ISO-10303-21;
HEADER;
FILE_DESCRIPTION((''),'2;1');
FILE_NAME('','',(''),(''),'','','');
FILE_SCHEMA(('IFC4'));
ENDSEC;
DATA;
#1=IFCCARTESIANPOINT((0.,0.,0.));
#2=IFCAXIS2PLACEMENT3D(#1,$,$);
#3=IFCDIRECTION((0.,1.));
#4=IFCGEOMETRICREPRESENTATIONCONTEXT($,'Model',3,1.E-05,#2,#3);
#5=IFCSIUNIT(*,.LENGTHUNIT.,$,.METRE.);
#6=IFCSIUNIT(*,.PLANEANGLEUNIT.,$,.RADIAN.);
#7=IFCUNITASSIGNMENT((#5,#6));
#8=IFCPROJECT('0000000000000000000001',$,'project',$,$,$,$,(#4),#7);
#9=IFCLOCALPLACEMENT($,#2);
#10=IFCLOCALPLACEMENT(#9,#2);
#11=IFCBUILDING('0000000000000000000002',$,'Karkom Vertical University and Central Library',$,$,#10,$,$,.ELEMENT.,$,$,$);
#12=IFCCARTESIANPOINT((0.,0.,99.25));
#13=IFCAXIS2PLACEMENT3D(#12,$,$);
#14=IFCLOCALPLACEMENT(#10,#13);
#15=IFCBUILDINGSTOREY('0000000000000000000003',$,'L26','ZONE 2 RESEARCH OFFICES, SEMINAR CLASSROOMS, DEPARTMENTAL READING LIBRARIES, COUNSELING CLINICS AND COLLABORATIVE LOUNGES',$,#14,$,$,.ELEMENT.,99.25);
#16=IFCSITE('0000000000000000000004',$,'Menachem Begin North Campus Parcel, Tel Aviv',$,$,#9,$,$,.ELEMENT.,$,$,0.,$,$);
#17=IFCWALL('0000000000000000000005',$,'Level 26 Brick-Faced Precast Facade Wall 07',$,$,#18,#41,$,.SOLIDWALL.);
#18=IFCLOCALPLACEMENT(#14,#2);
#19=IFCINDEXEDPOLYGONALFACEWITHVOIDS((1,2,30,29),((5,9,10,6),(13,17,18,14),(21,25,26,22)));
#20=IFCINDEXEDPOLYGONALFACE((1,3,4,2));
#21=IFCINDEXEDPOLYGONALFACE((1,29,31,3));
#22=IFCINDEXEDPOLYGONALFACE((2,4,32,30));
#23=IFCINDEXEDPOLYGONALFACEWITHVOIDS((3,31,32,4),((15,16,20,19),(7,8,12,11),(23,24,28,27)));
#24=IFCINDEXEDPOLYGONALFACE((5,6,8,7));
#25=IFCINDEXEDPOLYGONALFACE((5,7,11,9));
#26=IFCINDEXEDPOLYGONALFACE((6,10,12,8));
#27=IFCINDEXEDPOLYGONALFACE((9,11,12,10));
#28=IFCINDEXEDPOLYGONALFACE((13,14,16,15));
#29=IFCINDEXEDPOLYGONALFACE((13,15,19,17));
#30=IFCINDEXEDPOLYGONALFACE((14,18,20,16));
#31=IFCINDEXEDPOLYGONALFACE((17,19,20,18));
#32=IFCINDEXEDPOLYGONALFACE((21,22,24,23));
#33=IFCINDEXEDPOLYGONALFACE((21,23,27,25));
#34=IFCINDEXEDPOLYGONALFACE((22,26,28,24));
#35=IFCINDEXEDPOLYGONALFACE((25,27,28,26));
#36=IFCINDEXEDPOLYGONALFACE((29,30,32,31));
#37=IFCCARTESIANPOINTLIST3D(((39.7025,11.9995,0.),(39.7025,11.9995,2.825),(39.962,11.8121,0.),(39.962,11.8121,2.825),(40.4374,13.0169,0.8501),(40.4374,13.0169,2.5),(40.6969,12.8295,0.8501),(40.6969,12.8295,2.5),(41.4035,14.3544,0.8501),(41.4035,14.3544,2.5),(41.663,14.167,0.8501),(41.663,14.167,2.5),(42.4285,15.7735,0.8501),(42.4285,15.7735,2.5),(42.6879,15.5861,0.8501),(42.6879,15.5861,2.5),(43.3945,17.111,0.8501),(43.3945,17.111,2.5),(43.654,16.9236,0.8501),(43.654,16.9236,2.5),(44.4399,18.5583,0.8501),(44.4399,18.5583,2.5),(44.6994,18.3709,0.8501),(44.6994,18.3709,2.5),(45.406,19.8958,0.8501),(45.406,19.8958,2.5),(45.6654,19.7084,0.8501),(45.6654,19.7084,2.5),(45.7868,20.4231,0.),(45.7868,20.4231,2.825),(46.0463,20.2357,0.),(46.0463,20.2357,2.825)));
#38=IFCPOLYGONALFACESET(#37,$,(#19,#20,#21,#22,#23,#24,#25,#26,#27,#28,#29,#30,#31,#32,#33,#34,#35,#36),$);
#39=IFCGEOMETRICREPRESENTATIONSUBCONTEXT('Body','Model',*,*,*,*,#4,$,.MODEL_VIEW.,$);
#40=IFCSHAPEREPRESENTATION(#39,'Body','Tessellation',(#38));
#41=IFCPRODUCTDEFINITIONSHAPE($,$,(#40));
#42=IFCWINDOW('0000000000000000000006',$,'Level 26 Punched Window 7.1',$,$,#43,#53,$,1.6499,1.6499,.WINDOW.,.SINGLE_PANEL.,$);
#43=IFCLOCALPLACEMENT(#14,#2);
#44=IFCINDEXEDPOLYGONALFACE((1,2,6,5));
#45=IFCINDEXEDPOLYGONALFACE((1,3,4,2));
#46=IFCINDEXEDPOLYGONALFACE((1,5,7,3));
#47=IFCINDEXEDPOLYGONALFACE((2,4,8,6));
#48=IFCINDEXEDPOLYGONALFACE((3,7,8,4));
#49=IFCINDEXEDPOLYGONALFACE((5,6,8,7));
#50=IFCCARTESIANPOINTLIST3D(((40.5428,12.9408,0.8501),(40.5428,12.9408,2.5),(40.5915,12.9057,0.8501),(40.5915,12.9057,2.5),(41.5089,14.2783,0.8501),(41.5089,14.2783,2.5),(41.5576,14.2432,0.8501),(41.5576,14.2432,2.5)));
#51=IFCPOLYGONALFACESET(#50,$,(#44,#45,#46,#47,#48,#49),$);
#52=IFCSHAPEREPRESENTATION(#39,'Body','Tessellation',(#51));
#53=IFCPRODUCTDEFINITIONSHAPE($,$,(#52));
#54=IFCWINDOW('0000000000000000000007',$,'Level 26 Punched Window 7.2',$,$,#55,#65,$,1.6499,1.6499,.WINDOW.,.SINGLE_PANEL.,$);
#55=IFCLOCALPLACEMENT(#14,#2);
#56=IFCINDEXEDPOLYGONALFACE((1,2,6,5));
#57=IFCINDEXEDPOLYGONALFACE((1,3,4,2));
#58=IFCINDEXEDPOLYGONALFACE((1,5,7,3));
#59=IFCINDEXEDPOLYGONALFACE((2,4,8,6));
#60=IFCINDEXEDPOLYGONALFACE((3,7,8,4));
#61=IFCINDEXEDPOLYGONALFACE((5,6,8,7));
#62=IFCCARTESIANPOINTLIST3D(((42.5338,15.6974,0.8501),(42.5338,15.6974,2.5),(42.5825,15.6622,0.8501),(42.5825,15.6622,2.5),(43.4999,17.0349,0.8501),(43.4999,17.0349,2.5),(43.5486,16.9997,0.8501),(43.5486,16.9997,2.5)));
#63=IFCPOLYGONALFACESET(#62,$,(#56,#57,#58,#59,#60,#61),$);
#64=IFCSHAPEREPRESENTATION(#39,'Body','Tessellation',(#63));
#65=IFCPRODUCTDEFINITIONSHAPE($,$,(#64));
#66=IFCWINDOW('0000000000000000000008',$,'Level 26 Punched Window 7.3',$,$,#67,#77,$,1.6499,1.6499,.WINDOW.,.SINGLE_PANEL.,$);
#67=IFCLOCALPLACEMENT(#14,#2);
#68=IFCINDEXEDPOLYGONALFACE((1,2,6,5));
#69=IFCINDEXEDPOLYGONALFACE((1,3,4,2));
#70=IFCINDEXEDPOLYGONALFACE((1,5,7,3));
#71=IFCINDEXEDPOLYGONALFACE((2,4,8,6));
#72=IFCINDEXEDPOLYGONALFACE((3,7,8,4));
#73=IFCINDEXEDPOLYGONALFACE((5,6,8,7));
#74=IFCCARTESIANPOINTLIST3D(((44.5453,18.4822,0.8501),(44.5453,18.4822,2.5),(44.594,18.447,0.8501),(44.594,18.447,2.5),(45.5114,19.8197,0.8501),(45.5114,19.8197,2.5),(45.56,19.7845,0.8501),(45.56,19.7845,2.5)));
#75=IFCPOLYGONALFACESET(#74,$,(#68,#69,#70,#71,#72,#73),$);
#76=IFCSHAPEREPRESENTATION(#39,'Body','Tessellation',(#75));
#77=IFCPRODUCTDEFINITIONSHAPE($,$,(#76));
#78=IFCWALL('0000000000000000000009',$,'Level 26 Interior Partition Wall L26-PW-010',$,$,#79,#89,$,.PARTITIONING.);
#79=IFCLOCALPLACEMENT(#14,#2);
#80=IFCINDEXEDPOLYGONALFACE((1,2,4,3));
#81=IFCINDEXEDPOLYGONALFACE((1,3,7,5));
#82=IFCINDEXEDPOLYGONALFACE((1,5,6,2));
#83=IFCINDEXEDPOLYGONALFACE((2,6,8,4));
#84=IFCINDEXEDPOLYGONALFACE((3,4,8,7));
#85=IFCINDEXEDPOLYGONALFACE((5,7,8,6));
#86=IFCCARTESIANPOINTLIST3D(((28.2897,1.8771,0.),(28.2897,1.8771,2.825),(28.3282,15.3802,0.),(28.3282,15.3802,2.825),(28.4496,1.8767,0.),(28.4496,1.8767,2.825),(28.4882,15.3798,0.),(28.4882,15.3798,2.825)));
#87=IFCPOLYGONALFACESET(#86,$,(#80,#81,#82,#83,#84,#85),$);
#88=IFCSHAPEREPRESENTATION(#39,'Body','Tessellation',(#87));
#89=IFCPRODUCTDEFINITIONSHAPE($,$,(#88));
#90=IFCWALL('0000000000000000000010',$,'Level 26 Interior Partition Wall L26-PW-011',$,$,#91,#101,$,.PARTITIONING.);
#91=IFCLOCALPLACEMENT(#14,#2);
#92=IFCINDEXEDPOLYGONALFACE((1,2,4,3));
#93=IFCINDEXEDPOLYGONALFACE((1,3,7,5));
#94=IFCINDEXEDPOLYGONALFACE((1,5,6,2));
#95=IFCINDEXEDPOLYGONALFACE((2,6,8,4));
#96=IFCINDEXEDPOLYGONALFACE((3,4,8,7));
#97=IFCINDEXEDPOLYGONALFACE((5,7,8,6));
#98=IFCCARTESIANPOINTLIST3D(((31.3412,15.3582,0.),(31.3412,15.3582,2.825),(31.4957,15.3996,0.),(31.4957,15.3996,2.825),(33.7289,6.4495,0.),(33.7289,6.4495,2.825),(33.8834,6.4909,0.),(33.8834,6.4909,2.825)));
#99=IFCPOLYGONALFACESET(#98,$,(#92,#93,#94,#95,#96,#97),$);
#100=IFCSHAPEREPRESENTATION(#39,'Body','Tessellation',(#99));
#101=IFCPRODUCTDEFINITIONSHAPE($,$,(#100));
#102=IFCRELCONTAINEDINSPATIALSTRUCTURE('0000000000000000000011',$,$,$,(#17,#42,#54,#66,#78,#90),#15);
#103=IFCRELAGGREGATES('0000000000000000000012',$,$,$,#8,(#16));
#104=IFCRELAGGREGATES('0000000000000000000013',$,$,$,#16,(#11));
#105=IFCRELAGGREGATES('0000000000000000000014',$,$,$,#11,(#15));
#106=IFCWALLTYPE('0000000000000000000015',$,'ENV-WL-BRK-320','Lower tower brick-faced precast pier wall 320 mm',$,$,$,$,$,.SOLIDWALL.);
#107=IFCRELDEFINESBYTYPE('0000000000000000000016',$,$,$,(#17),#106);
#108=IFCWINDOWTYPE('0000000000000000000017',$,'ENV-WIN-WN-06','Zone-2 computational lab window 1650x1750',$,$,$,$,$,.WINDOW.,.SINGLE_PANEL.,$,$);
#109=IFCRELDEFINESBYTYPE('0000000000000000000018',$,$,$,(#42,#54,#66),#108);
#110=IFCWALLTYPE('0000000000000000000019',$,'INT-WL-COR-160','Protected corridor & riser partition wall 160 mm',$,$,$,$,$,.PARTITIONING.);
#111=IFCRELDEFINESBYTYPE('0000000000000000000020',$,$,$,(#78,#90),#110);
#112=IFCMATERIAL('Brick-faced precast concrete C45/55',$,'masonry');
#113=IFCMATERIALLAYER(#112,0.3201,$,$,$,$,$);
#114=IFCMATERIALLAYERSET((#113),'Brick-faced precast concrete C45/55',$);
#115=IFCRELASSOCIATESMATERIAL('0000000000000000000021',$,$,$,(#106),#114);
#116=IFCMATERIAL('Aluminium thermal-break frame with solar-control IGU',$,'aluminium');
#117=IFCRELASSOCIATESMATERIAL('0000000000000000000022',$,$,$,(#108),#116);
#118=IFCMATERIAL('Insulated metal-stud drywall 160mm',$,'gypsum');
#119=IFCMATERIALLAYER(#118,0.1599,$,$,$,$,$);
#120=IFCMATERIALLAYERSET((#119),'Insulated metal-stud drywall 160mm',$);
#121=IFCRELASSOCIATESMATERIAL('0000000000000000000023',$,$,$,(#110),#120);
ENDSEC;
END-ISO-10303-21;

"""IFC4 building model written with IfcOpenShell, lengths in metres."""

from ifc_helpers import new_model, si_unit, direction, frame, frame_2d, origin, origin_with_axes, place, context, subcontext, project, spatial, rectangle, extrude, source, transform, mapped, material, layer, layer_set, type_object, element, fill, save


model = new_model("IFC4")

# Units and contexts
model_context = context("Model", 3, precision=1e-05, world=origin(), true_north=direction((0.0, 1.0)))
body_context = subcontext(model_context, "Body", "Model", "MODEL_VIEW")
ifc_project = project(units=[si_unit("LENGTHUNIT", "METRE"), si_unit("PLANEANGLEUNIT", "RADIAN")], contexts=[model_context])

# Site, building, storey
site_placement = place(None, origin())
site = spatial("IfcSite", under=ifc_project, at=site_placement, Name="Menachem Begin North Campus Parcel, Tel Aviv", CompositionType="ELEMENT", RefElevation=0.0)
building_placement = place(site_placement, origin())
building = spatial("IfcBuilding", under=site, at=building_placement, Name="Karkom Vertical University and Central Library", CompositionType="ELEMENT")
storey_placement = place(building_placement, frame((0.0, 0.0, 99.25)))
storey = spatial("IfcBuildingStorey", under=building, at=storey_placement, Name="L26", Description="ZONE 2 RESEARCH OFFICES, SEMINAR CLASSROOMS, DEPARTMENTAL READING LIBRARIES, COUNSELING CLINICS AND COLLABORATIVE LOUNGES", CompositionType="ELEMENT", Elevation=99.25)

# Wall, openings, windows
ifc_material_1 = material(Name="Brick-faced precast concrete C45/55", Category="masonry")
ifc_layer_1 = layer(ifc_material_1, 0.3201)
ifc_layer_set_1 = layer_set([ifc_layer_1], Name="Brick-faced precast concrete C45/55")
wall_type_1 = type_object("IfcWallType", Name="ENV-WL-BRK-320", Description="Lower tower brick-faced precast pier wall 320 mm", PredefinedType="SOLIDWALL", material=ifc_layer_set_1)
ifc_material_2 = material(Name="Aluminium thermal-break frame with solar-control IGU", Category="aluminium")
window_type = type_object("IfcWindowType", Name="ENV-WIN-WN-06", Description="Zone-2 computational lab window 1650x1750", PartitioningType="SINGLE_PANEL", PredefinedType="WINDOW", material=ifc_material_2)
shared_shape_1 = source(origin_with_axes(), body_context, "Body", "SweptSolid", [
    extrude(rectangle(XDim=1.6499, YDim=1.6499, at=frame_2d((0.825, 0.825))), frame((0.0, 0.03, 0.0), z_axis=(0.0, -1.0, 0.0), x_axis=(1.0, 0.0, 0.0)), (0.0, 0.0, 1.0), 0.0601),
])
wall_1_placement = place(storey_placement, frame((39.8323, 11.9058, 0.0), z_axis=(0.0, 0.0, 1.0), x_axis=(0.585524, 0.810655, 0.0)))
wall_1 = element("IfcWall", 1, at=wall_1_placement, inside=storey, type_object=wall_type_1, Name="Level 26 Brick-Faced Precast Facade Wall 07", PredefinedType="SOLIDWALL", context=body_context, shape_type="SweptSolid", body=[
    extrude(rectangle(XDim=10.3911, YDim=0.3201, at=frame_2d((5.1956, 0.0))), origin(), (0.0, 0.0, 1.0), 2.825),
])
opening_1_placement = place(wall_1_placement, frame((1.2551, 0.0, 0.8501)))
opening_1 = element("IfcOpeningElement", 2, at=opening_1_placement, cuts=wall_1, PredefinedType="OPENING", context=body_context, shape_type="SweptSolid", body=[
    extrude(rectangle(XDim=1.6499, YDim=1.6499, at=frame_2d((0.825, 0.825))), frame((0.0, 0.1699, 0.0), z_axis=(0.0, -1.0, 0.0), x_axis=(1.0, 0.0, 0.0)), (0.0, 0.0, 1.0), 0.3401),
])
opening_2_placement = place(wall_1_placement, frame((4.6555, 0.0, 0.8501)))
opening_2 = element("IfcOpeningElement", 3, at=opening_2_placement, cuts=wall_1, PredefinedType="OPENING", context=body_context, shape_type="SweptSolid", body=[
    extrude(rectangle(XDim=1.6499, YDim=1.6499, at=frame_2d((0.825, 0.825))), frame((0.0, 0.1699, 0.0), z_axis=(0.0, -1.0, 0.0), x_axis=(1.0, 0.0, 0.0)), (0.0, 0.0, 1.0), 0.3401),
])
opening_3_placement = place(wall_1_placement, frame((8.0908, 0.0, 0.8501)))
opening_3 = element("IfcOpeningElement", 4, at=opening_3_placement, cuts=wall_1, PredefinedType="OPENING", context=body_context, shape_type="SweptSolid", body=[
    extrude(rectangle(XDim=1.6499, YDim=1.6499, at=frame_2d((0.825, 0.825))), frame((0.0, 0.1699, 0.0), z_axis=(0.0, -1.0, 0.0), x_axis=(1.0, 0.0, 0.0)), (0.0, 0.0, 1.0), 0.3401),
])
window_1_placement = place(opening_1_placement, origin())
window_1 = element("IfcWindow", 5, at=window_1_placement, inside=storey, type_object=window_type, Name="Level 26 Punched Window 7.1", OverallHeight=1.6499, OverallWidth=1.6499, PartitioningType="SINGLE_PANEL", PredefinedType="WINDOW", context=body_context, shape_type="MappedRepresentation", body=[
    mapped(shared_shape_1, transform((0.0, 0.0, 0.0), scale=1.0)),
])
fill(opening_1, window_1)
window_2_placement = place(opening_2_placement, origin())
window_2 = element("IfcWindow", 6, at=window_2_placement, inside=storey, type_object=window_type, Name="Level 26 Punched Window 7.2", OverallHeight=1.6499, OverallWidth=1.6499, PartitioningType="SINGLE_PANEL", PredefinedType="WINDOW", context=body_context, shape_type="MappedRepresentation", body=[
    mapped(shared_shape_1, transform((0.0, 0.0, 0.0), scale=1.0)),
])
fill(opening_2, window_2)
window_3_placement = place(opening_3_placement, origin())
window_3 = element("IfcWindow", 7, at=window_3_placement, inside=storey, type_object=window_type, Name="Level 26 Punched Window 7.3", OverallHeight=1.6499, OverallWidth=1.6499, PartitioningType="SINGLE_PANEL", PredefinedType="WINDOW", context=body_context, shape_type="MappedRepresentation", body=[
    mapped(shared_shape_1, transform((0.0, 0.0, 0.0), scale=1.0)),
])
fill(opening_3, window_3)

# Shared definitions
ifc_material_3 = material(Name="Insulated metal-stud drywall 160mm", Category="gypsum")
ifc_layer_2 = layer(ifc_material_3, 0.1599)
ifc_layer_set_2 = layer_set([ifc_layer_2], Name="Insulated metal-stud drywall 160mm")
wall_type_2 = type_object("IfcWallType", Name="INT-WL-COR-160", Description="Protected corridor & riser partition wall 160 mm", PredefinedType="PARTITIONING", material=ifc_layer_set_2)

# Walls
wall_2_placement = place(storey_placement, frame((28.4082, 15.3799, 0.0), z_axis=(0.0, 0.0, 1.0), x_axis=(-0.002857, -0.999996, 0.0)))
element("IfcWall", 8, at=wall_2_placement, inside=storey, type_object=wall_type_2, Name="Level 26 Interior Partition Wall L26-PW-010", PredefinedType="PARTITIONING", context=body_context, shape_type="SweptSolid", body=[
    extrude(rectangle(XDim=13.5032, YDim=0.1599, at=frame_2d((6.7515, 0.0))), origin(), (0.0, 0.0, 1.0), 2.825),
])
wall_3_placement = place(storey_placement, frame((31.4185, 15.3789, 0.0), z_axis=(0.0, 0.0, 1.0), x_axis=(0.258882, -0.965909, 0.0)))
element("IfcWall", 9, at=wall_3_placement, inside=storey, type_object=wall_type_2, Name="Level 26 Interior Partition Wall L26-PW-011", PredefinedType="PARTITIONING", context=body_context, shape_type="SweptSolid", body=[
    extrude(rectangle(XDim=9.2231, YDim=0.1599, at=frame_2d((4.6116, 0.0))), origin(), (0.0, 0.0, 1.0), 2.825),
])

save(model, "model.ifc")
